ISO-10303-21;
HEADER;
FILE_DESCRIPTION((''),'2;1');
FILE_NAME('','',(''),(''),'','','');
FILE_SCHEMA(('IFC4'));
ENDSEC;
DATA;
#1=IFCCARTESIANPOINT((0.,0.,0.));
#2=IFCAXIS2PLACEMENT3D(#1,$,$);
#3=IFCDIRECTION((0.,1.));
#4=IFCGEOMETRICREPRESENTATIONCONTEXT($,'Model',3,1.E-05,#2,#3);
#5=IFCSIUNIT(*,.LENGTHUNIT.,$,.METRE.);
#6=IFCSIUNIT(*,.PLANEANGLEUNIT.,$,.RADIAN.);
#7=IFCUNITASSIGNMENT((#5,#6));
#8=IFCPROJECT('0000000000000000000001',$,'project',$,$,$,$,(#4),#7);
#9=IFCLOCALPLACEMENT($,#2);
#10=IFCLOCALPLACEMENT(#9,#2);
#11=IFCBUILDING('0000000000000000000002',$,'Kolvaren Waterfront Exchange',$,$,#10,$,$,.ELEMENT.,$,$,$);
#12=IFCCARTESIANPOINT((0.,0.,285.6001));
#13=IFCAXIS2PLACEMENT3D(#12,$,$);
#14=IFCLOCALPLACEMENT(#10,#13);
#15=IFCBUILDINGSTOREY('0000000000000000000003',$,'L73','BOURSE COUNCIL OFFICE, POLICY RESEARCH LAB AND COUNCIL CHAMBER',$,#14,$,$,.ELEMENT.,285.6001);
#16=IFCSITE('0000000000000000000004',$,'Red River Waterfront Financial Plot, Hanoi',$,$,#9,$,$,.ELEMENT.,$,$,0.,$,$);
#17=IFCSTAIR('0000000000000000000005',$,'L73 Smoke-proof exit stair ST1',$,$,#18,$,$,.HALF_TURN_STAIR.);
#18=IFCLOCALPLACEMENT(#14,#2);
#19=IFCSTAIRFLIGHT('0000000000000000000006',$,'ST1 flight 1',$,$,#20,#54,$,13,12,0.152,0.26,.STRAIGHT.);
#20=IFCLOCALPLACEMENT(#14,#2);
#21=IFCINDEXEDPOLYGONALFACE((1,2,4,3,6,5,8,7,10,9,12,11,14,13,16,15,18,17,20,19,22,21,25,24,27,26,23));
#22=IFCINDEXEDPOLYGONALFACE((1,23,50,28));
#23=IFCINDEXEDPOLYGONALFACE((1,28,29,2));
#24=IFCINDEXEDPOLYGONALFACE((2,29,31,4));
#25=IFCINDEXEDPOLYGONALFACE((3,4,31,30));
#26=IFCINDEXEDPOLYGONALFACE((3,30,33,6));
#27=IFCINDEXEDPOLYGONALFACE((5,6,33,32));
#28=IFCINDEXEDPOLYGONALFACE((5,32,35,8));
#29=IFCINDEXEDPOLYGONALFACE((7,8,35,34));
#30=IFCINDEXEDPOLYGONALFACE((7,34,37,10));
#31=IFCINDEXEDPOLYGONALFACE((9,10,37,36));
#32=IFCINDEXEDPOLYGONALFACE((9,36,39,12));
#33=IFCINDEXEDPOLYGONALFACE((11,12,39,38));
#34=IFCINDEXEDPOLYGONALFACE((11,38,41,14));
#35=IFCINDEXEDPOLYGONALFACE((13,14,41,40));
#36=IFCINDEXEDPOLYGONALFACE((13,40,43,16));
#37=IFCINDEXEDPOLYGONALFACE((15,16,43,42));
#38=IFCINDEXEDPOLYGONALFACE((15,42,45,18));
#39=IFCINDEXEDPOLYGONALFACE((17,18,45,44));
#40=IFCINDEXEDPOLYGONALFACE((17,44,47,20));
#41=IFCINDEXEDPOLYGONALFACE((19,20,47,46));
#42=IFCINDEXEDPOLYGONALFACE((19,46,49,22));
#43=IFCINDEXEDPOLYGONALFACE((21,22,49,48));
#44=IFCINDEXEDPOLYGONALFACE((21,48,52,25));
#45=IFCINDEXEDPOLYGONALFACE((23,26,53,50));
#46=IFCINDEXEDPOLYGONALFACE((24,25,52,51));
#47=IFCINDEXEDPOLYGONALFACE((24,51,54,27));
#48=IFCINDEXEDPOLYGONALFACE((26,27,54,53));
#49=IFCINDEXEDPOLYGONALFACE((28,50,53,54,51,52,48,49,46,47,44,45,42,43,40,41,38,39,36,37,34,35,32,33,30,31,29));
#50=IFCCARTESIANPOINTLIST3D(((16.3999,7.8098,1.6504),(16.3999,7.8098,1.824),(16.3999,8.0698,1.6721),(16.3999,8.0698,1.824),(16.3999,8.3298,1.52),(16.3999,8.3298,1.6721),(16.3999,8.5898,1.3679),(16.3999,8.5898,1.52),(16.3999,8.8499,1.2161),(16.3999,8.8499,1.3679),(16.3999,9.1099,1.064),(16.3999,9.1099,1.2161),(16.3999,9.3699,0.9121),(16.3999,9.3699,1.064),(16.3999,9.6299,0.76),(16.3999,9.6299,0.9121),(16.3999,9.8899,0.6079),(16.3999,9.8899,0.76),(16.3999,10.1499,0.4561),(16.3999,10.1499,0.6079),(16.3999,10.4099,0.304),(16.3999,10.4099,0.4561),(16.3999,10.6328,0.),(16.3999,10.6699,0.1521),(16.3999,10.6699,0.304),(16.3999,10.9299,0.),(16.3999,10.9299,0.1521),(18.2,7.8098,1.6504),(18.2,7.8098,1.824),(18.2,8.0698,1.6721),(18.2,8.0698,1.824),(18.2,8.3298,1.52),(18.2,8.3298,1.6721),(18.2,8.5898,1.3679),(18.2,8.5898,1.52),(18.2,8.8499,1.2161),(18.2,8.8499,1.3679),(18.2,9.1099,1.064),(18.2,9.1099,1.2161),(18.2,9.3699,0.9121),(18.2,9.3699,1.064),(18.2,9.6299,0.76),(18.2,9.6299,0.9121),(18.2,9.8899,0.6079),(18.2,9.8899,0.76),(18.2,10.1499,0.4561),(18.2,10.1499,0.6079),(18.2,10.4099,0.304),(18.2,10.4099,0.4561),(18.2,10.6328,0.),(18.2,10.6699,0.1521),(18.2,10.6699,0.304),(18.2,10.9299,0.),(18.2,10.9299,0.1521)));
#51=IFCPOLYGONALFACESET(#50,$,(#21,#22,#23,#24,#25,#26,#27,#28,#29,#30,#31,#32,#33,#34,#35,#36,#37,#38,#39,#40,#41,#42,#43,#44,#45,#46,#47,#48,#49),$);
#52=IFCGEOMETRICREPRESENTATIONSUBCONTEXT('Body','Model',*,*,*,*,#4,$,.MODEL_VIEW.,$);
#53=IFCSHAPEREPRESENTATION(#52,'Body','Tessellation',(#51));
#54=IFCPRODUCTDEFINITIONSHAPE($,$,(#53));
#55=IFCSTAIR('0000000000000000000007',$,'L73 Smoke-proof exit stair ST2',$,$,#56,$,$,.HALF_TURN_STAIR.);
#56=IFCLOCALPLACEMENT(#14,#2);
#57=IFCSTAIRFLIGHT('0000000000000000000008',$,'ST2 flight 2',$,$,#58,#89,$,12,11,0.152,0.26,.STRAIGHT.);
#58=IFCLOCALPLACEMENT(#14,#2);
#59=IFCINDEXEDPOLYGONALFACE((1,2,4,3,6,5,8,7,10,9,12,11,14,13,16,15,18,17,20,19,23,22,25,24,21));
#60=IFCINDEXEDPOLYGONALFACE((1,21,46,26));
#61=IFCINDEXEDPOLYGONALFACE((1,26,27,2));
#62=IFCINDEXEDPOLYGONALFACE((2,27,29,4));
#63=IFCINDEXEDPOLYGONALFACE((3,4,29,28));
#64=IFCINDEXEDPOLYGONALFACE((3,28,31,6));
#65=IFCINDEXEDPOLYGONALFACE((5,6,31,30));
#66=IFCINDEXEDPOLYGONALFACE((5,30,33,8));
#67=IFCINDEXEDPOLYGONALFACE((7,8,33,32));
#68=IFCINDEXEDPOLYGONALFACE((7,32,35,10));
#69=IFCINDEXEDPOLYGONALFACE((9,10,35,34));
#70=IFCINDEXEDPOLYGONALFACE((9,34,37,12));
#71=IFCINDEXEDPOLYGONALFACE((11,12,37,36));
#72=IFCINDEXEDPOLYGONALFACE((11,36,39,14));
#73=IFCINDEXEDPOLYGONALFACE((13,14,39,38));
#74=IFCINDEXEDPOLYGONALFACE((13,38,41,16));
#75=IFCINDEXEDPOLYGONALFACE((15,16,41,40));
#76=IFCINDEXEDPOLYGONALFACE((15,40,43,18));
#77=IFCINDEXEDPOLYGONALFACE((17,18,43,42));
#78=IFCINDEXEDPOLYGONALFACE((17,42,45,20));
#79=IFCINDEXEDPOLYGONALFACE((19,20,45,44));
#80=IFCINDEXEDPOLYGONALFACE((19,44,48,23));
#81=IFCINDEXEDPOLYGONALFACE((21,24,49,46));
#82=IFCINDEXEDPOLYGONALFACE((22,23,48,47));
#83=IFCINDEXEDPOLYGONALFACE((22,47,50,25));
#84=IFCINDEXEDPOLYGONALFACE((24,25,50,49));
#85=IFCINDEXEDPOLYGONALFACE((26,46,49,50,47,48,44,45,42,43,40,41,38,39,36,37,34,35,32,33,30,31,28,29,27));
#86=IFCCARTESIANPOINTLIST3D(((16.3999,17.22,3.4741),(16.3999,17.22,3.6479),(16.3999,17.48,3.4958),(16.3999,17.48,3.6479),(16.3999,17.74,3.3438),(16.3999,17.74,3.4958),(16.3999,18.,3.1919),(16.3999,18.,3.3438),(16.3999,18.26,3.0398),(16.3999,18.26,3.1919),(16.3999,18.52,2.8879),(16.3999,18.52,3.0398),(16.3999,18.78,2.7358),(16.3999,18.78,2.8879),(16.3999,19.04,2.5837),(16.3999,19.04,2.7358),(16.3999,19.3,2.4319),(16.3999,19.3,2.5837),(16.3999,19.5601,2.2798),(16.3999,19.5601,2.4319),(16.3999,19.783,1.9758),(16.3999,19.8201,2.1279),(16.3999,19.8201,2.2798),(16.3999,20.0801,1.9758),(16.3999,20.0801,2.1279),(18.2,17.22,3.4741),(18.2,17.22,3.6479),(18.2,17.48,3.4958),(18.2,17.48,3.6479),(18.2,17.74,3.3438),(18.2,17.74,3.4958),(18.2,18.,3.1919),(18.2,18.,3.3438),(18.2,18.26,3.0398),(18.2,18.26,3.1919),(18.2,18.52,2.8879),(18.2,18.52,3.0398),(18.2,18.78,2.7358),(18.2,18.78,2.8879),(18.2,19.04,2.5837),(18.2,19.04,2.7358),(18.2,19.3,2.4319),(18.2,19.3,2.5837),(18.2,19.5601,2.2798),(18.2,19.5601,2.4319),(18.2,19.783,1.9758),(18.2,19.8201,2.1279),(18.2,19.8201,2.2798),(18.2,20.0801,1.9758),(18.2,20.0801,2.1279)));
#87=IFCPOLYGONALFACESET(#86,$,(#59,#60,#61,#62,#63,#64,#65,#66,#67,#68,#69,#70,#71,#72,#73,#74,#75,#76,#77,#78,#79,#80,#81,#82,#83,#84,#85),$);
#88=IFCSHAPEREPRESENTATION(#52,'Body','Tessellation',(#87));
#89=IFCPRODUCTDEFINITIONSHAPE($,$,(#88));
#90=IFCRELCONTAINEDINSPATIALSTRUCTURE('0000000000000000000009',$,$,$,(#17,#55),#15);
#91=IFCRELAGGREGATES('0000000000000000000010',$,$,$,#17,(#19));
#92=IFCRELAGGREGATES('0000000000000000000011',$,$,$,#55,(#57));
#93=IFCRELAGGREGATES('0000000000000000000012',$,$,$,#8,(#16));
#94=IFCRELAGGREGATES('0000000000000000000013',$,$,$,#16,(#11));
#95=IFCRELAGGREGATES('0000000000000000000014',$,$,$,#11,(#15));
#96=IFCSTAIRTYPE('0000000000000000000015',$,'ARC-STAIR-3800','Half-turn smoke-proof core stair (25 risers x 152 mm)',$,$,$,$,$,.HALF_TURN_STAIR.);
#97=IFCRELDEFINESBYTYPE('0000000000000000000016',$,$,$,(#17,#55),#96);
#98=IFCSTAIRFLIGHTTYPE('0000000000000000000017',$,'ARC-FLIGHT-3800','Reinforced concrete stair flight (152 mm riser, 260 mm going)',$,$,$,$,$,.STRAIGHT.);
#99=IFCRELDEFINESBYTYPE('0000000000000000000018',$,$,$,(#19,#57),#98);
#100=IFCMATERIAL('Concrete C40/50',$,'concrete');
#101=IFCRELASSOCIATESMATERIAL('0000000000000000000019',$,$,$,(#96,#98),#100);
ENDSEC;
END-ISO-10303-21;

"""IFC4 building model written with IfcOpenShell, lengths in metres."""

from ifc_helpers import new_model, si_unit, direction, frame, origin, place, context, subcontext, project, spatial, polyline, outline, extrude, material, type_object, element, aggregate, save


model = new_model("IFC4")

# Units and contexts
model_context = context("Model", 3, precision=1e-05, world=origin(), true_north=direction((0.0, 1.0)))
body_context = subcontext(model_context, "Body", "Model", "MODEL_VIEW")
ifc_project = project(units=[si_unit("LENGTHUNIT", "METRE"), si_unit("PLANEANGLEUNIT", "RADIAN")], contexts=[model_context])

# Site, building, storey
site_placement = place(None, origin())
site = spatial("IfcSite", under=ifc_project, at=site_placement, Name="Red River Waterfront Financial Plot, Hanoi", CompositionType="ELEMENT", RefElevation=0.0)
building_placement = place(site_placement, origin())
building = spatial("IfcBuilding", under=site, at=building_placement, Name="Kolvaren Waterfront Exchange", CompositionType="ELEMENT")
storey_placement = place(building_placement, frame((0.0, 0.0, 285.6001)))
storey = spatial("IfcBuildingStorey", under=building, at=storey_placement, Name="L73", Description="BOURSE COUNCIL OFFICE, POLICY RESEARCH LAB AND COUNCIL CHAMBER", CompositionType="ELEMENT", Elevation=285.6001)

# Shared definitions
ifc_material_1 = material(Name="Concrete C40/50", Category="concrete")

# Stairs, stair flights
stair_type = type_object("IfcStairType", Name="ARC-STAIR-3800", Description="Half-turn smoke-proof core stair (25 risers x 152 mm)", PredefinedType="HALF_TURN_STAIR", material=ifc_material_1)
stair_1_placement = place(storey_placement, origin())
stair_1 = element("IfcStair", 1, at=stair_1_placement, inside=storey, type_object=stair_type, Name="L73 Smoke-proof exit stair ST1", PredefinedType="HALF_TURN_STAIR")
stair_flight_type = type_object("IfcStairFlightType", Name="ARC-FLIGHT-3800", Description="Reinforced concrete stair flight (152 mm riser, 260 mm going)", PredefinedType="STRAIGHT", material=ifc_material_1)
stair_flight_1_placement = place(storey_placement, frame((17.3, 10.9299, 0.0), z_axis=(0.0, 0.0, 1.0), x_axis=(0.0, -1.0, 0.0)))
stair_flight_1 = element("IfcStairFlight", 2, at=stair_flight_1_placement, type_object=stair_flight_type, Name="ST1 flight 1", NumberOfRisers=13, NumberOfTreads=12, PredefinedType="STRAIGHT", RiserHeight=0.152, TreadLength=0.26, context=body_context, shape_type="SweptSolid", body=[
    extrude(outline(polyline([(0.0, 0.0), (0.0, 0.1521), (0.26, 0.1521), (0.26, 0.304), (0.52, 0.304), (0.52, 0.4561), (0.78, 0.4561), (0.78, 0.6079), (1.04, 0.6079), (1.04, 0.76), (1.3, 0.76), (1.3, 0.9121), (1.5601, 0.9121), (1.5601, 1.064), (1.8201, 1.064), (1.8201, 1.2161), (2.0801, 1.2161), (2.0801, 1.3679), (2.3401, 1.3679), (2.3401, 1.52), (2.6001, 1.52), (2.6001, 1.6721), (2.8601, 1.6721), (2.8601, 1.824), (3.1201, 1.824), (3.1201, 1.9761), (3.1201, 1.6504), (0.2971, 0.0), (0.0, 0.0)])), frame((0.0, 0.8999, 0.0), z_axis=(0.0, -1.0, 0.0), x_axis=(1.0, 0.0, 0.0)), (0.0, 0.0, 1.0), 1.8),
])
aggregate(stair_1, [stair_flight_1])
stair_2_placement = place(storey_placement, origin())
stair_2 = element("IfcStair", 3, at=stair_2_placement, inside=storey, type_object=stair_type, Name="L73 Smoke-proof exit stair ST2", PredefinedType="HALF_TURN_STAIR")
stair_flight_2_placement = place(storey_placement, frame((17.3, 20.0801, 1.9758), z_axis=(0.0, 0.0, 1.0), x_axis=(0.0, -1.0, 0.0)))
stair_flight_2 = element("IfcStairFlight", 4, at=stair_flight_2_placement, type_object=stair_flight_type, Name="ST2 flight 2", NumberOfRisers=12, NumberOfTreads=11, PredefinedType="STRAIGHT", RiserHeight=0.152, TreadLength=0.26, context=body_context, shape_type="SweptSolid", body=[
    extrude(outline(polyline([(0.0, 0.0), (0.0, 0.1521), (0.26, 0.1521), (0.26, 0.304), (0.52, 0.304), (0.52, 0.4561), (0.78, 0.4561), (0.78, 0.6079), (1.04, 0.6079), (1.04, 0.76), (1.3, 0.76), (1.3, 0.9121), (1.5601, 0.9121), (1.5601, 1.064), (1.8201, 1.064), (1.8201, 1.2161), (2.0801, 1.2161), (2.0801, 1.3679), (2.3401, 1.3679), (2.3401, 1.52), (2.6001, 1.52), (2.6001, 1.6721), (2.8601, 1.6721), (2.8601, 1.824), (2.8601, 1.4983), (0.2971, 0.0), (0.0, 0.0)])), frame((0.0, 0.8999, 0.0), z_axis=(0.0, -1.0, 0.0), x_axis=(1.0, 0.0, 0.0)), (0.0, 0.0, 1.0), 1.8),
])
aggregate(stair_2, [stair_flight_2])

save(model, "model.ifc")
